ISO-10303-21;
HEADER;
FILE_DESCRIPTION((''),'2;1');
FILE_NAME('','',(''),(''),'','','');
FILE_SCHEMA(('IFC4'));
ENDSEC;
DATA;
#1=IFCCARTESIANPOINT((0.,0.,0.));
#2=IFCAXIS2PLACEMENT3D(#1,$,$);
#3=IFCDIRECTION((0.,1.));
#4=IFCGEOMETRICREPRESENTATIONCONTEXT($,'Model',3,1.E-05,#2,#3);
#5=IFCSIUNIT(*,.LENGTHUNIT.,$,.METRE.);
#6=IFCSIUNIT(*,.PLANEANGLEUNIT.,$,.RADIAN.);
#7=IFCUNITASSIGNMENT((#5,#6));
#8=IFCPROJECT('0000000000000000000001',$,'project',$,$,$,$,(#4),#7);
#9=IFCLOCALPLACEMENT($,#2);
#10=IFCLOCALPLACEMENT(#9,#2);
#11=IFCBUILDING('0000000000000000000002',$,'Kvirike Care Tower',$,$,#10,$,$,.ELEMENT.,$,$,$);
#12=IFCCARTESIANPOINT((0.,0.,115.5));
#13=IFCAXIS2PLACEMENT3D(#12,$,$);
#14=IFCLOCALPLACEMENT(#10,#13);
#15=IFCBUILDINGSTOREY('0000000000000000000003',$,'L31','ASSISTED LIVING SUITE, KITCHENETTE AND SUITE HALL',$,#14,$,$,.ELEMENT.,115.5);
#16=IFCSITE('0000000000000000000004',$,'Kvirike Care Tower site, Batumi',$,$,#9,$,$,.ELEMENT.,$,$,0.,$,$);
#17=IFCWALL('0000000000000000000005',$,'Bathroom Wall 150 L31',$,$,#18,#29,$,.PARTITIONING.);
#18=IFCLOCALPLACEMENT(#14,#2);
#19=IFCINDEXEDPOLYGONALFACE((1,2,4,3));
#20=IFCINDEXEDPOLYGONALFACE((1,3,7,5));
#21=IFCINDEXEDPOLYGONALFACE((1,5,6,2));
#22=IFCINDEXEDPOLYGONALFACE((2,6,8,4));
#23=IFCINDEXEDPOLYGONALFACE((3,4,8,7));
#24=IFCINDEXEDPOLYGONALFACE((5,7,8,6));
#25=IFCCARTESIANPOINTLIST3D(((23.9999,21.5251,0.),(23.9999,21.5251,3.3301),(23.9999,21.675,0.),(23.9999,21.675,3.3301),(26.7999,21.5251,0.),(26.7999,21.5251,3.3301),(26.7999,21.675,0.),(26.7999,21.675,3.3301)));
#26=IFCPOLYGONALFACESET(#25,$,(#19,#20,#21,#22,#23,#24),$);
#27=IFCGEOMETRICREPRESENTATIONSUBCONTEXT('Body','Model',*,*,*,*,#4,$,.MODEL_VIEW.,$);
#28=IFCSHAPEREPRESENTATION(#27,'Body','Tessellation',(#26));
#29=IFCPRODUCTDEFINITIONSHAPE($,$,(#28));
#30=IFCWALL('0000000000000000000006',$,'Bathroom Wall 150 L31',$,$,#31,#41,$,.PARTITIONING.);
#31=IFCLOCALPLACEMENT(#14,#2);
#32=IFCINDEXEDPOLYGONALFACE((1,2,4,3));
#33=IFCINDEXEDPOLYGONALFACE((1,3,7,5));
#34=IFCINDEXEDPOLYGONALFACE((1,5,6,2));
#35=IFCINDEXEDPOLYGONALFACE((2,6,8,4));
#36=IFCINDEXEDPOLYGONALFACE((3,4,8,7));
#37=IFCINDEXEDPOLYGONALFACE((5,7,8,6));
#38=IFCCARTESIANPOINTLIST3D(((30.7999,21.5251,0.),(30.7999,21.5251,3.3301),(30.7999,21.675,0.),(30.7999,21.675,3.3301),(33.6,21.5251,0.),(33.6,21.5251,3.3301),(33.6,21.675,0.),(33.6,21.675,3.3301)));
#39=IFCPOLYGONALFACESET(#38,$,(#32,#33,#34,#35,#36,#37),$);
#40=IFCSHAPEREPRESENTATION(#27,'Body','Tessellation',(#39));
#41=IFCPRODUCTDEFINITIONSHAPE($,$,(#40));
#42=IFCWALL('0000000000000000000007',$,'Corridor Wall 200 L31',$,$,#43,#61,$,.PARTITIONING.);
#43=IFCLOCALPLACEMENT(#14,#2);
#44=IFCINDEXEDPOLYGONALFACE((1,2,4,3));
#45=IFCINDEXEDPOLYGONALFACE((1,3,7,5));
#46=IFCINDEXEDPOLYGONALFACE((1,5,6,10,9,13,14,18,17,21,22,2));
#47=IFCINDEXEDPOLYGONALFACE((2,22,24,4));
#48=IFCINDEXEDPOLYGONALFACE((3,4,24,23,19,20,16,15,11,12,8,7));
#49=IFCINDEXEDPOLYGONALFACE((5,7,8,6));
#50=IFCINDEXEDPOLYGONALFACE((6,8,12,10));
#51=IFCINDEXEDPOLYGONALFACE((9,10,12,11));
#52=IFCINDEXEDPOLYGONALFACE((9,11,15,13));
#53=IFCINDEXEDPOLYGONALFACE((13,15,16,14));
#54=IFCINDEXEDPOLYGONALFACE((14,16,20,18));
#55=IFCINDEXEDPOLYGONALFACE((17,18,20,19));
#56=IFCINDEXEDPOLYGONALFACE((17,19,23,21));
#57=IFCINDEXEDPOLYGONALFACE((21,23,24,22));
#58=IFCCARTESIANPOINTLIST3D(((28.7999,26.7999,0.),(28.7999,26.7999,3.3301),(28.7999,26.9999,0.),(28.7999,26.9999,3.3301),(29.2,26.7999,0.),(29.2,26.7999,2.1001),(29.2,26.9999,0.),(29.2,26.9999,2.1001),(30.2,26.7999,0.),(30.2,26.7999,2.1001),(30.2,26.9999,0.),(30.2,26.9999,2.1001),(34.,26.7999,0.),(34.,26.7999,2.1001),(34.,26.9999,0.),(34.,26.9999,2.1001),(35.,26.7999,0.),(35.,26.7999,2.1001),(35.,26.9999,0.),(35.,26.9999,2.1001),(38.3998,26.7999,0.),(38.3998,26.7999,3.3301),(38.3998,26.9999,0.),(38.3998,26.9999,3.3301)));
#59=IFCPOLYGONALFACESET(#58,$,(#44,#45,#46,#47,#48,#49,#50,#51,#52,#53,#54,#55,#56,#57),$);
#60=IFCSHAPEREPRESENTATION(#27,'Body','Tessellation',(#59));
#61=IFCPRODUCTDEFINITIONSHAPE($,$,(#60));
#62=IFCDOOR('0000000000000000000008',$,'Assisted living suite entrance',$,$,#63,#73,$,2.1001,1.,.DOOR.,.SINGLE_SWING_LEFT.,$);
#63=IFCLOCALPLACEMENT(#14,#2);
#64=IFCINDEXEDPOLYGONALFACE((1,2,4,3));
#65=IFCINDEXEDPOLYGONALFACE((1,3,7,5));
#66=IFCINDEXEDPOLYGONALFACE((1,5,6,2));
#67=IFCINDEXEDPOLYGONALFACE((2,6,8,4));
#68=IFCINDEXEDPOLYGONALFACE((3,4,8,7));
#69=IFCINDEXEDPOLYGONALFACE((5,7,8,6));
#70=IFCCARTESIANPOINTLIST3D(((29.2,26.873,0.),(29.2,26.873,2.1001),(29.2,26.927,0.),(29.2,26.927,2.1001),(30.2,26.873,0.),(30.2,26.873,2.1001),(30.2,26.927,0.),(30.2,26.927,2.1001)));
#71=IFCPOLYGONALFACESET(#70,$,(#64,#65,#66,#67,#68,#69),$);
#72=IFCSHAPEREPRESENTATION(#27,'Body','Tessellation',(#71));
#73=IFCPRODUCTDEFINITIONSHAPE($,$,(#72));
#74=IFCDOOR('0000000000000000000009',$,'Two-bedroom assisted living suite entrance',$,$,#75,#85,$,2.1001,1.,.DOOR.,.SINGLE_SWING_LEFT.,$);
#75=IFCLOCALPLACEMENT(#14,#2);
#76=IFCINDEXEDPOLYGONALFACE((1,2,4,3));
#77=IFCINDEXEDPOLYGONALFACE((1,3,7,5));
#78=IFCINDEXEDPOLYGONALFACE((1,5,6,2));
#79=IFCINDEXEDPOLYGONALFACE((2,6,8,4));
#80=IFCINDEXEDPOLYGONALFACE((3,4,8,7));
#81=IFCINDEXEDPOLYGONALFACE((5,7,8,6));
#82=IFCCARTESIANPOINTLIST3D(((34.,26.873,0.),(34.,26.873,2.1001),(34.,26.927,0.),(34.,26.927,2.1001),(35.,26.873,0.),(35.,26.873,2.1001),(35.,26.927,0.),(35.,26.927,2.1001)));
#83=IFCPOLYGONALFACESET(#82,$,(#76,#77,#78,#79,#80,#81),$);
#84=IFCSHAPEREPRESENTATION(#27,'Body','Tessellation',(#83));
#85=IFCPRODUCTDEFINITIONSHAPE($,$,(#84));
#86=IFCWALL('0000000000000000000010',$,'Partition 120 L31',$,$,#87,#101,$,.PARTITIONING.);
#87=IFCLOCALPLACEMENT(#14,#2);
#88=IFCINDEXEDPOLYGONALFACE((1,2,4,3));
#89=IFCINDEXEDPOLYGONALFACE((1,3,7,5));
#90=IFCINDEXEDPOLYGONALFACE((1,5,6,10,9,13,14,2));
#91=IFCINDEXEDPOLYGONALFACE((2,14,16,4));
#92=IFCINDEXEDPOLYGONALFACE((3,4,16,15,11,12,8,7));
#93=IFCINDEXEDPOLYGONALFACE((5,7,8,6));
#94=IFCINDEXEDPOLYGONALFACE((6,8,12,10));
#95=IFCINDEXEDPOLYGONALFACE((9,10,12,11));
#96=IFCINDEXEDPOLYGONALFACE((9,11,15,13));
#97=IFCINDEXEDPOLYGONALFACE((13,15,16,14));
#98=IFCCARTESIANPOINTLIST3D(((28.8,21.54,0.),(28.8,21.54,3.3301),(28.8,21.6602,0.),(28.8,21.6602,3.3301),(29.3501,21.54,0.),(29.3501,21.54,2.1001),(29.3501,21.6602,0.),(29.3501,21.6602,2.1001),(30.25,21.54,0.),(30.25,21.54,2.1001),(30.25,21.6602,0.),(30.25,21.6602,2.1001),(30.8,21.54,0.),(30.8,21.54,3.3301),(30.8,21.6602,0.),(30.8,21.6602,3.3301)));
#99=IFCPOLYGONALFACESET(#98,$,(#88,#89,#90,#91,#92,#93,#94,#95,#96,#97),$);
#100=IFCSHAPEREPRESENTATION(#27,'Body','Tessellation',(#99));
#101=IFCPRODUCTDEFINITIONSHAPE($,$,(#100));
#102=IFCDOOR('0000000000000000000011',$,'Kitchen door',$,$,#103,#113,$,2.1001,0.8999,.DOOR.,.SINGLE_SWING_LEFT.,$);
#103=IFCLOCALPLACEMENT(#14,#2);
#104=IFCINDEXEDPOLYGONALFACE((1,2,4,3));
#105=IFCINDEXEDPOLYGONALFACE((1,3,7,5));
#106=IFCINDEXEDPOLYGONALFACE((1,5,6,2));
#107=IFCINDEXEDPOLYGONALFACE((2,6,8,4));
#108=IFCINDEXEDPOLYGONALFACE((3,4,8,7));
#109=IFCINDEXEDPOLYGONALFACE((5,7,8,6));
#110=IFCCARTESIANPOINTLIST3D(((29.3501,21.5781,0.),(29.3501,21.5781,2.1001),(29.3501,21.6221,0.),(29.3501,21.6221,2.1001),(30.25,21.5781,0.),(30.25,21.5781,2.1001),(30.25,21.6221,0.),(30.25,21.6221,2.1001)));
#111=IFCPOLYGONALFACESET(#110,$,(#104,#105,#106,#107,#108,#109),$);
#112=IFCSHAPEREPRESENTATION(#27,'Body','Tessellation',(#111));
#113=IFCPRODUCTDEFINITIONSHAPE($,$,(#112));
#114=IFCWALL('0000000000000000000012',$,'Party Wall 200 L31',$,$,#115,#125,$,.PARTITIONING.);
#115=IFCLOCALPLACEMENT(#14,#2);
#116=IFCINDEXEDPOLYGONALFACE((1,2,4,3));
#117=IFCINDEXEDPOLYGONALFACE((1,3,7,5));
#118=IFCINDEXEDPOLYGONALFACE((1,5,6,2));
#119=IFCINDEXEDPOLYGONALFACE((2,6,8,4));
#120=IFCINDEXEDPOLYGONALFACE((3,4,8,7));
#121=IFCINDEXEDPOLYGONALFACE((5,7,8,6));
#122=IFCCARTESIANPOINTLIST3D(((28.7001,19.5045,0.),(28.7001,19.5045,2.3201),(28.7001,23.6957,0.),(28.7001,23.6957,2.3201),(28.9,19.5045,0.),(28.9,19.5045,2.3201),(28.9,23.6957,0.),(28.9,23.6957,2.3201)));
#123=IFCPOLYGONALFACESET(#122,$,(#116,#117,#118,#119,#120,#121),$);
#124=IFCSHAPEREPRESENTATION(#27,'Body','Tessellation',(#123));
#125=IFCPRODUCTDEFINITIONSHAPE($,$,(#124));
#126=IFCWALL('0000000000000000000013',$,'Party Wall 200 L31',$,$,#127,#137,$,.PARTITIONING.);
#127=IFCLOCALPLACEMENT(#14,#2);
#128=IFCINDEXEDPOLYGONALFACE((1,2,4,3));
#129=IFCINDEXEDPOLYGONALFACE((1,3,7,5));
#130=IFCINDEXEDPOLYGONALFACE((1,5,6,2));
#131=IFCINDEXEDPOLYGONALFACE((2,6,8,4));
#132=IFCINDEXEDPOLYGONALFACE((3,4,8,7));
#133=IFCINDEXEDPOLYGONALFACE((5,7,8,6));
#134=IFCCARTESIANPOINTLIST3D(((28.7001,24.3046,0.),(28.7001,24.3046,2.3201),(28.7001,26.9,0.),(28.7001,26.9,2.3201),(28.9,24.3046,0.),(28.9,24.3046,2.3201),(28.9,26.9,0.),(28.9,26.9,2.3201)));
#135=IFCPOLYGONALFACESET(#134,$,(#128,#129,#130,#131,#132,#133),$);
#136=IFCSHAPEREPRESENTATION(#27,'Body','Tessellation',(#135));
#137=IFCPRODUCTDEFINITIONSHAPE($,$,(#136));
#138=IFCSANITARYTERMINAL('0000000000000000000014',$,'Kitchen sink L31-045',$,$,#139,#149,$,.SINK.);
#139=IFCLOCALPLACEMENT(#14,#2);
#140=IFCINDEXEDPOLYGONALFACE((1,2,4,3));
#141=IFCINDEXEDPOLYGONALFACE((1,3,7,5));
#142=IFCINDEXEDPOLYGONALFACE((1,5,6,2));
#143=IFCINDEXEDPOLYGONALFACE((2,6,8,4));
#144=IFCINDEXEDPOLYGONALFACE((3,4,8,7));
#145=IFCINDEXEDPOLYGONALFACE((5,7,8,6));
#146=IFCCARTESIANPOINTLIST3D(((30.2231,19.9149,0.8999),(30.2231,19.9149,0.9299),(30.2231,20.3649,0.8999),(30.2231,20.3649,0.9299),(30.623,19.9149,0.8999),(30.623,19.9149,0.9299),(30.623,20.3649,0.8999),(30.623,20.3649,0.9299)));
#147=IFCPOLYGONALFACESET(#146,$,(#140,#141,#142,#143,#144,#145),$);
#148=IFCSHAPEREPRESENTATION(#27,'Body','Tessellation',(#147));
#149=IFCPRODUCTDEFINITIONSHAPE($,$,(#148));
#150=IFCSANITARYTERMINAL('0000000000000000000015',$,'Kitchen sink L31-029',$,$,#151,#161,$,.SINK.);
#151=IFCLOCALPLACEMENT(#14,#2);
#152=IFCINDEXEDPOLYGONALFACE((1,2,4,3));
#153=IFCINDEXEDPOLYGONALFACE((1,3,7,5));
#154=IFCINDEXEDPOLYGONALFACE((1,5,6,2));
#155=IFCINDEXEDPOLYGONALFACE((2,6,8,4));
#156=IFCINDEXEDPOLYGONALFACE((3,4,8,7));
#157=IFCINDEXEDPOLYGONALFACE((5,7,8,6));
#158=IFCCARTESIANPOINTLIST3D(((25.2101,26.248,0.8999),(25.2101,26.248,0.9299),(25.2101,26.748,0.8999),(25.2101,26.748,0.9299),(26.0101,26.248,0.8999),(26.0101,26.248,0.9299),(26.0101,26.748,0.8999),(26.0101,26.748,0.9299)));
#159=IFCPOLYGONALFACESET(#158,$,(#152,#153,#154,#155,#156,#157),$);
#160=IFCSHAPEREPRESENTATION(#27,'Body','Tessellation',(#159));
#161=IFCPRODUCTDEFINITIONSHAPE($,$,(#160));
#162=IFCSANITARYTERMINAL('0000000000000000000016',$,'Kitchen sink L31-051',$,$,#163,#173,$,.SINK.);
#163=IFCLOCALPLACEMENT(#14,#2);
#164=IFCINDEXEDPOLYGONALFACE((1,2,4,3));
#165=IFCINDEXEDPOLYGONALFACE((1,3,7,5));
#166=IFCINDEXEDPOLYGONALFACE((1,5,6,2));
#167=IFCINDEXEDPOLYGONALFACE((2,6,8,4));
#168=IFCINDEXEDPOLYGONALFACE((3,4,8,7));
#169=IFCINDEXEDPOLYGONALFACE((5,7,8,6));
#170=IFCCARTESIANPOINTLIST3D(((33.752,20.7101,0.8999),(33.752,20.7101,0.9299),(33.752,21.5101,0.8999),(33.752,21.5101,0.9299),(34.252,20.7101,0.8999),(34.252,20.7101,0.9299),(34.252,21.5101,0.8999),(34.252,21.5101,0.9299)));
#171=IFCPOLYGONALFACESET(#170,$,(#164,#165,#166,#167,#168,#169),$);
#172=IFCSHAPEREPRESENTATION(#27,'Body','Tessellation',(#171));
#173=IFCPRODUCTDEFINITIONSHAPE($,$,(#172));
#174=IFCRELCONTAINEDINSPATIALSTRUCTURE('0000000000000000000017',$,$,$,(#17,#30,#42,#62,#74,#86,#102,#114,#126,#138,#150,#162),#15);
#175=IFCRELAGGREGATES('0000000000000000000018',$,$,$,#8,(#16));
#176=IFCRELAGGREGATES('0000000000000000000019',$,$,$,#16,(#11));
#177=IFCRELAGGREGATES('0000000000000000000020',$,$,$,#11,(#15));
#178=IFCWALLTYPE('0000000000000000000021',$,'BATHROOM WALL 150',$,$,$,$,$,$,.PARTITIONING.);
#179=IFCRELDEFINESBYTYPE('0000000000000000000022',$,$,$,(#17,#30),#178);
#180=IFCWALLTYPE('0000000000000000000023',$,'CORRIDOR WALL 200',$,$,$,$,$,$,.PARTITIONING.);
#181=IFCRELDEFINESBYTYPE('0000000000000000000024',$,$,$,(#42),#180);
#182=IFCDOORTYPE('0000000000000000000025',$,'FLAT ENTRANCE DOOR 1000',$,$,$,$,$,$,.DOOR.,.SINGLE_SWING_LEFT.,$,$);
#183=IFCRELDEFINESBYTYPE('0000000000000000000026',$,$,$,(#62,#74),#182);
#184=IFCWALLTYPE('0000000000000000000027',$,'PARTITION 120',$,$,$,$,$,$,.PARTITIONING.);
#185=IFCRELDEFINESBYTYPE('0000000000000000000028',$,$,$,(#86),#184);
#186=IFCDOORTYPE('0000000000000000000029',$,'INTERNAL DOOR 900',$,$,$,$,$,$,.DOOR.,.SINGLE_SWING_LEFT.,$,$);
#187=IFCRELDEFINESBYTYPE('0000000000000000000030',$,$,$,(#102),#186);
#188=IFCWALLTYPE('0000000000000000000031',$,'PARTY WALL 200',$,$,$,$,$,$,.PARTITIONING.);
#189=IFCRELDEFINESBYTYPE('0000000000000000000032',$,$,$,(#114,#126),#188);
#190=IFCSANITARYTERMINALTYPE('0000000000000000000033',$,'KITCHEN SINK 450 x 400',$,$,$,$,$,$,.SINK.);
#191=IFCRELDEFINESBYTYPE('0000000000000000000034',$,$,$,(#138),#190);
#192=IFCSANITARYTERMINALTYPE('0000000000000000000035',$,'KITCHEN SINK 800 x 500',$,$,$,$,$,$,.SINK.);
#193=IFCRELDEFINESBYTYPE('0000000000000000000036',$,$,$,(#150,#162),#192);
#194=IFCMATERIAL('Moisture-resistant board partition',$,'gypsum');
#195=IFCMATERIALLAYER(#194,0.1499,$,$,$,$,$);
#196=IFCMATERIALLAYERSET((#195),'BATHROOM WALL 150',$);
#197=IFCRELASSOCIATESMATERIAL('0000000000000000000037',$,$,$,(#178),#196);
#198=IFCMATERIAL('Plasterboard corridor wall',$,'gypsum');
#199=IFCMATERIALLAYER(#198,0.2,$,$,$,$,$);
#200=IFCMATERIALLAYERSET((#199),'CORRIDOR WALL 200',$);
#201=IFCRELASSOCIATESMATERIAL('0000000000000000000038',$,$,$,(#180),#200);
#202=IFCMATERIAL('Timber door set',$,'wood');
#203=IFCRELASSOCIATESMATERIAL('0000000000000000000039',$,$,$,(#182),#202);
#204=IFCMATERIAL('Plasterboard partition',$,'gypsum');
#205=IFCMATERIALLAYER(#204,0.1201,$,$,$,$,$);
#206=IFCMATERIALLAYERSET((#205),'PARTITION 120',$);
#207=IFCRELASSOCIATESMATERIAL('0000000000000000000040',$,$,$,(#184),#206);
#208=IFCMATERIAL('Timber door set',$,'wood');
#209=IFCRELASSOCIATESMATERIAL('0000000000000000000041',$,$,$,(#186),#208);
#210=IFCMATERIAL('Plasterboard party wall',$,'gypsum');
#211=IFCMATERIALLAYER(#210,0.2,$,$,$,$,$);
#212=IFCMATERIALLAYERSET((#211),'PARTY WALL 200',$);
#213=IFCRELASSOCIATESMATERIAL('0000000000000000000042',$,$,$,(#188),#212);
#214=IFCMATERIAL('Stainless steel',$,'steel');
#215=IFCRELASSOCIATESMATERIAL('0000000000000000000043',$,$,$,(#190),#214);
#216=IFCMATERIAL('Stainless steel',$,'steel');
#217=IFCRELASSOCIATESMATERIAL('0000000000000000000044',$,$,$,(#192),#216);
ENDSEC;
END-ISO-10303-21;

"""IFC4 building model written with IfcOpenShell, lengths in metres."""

from ifc_helpers import new_model, si_unit, direction, frame, frame_2d, origin, origin_2d, place, context, subcontext, project, spatial, rectangle, extrude, material, layer, layer_set, type_object, element, fill, save


model = new_model("IFC4")

# Units and contexts
model_context = context("Model", 3, precision=1e-05, world=origin(), true_north=direction((0.0, 1.0)))
body_context = subcontext(model_context, "Body", "Model", "MODEL_VIEW")
ifc_project = project(units=[si_unit("LENGTHUNIT", "METRE"), si_unit("PLANEANGLEUNIT", "RADIAN")], contexts=[model_context])

# Site, building, storey
site_placement = place(None, origin())
site = spatial("IfcSite", under=ifc_project, at=site_placement, Name="Kvirike Care Tower site, Batumi", CompositionType="ELEMENT", RefElevation=0.0)
building_placement = place(site_placement, origin())
building = spatial("IfcBuilding", under=site, at=building_placement, Name="Kvirike Care Tower", CompositionType="ELEMENT")
storey_placement = place(building_placement, frame((0.0, 0.0, 115.5)))
storey = spatial("IfcBuildingStorey", under=building, at=storey_placement, Name="L31", Description="ASSISTED LIVING SUITE, KITCHENETTE AND SUITE HALL", CompositionType="ELEMENT", Elevation=115.5)

# Walls
ifc_material_1 = material(Name="Moisture-resistant board partition", Category="gypsum")
ifc_layer_1 = layer(ifc_material_1, 0.1499)
ifc_layer_set_1 = layer_set([ifc_layer_1], Name="BATHROOM WALL 150")
wall_type_1 = type_object("IfcWallType", Name="BATHROOM WALL 150", PredefinedType="PARTITIONING", material=ifc_layer_set_1)
for number, where, z_axis, x_axis, name in (
    (1, (24.0, 21.6001, 0.0), (0.0, 0.0, 1.0), (1.0, 0.0, 0.0), "Bathroom Wall 150 L31"),
    (2, (30.8, 21.6001, 0.0), (0.0, 0.0, 1.0), (1.0, 0.0, 0.0), "Bathroom Wall 150 L31"),
):
    element("IfcWall", number, at=place(storey_placement, frame(where, z_axis=z_axis, x_axis=x_axis)), inside=storey, type_object=wall_type_1, Name=name, PredefinedType="PARTITIONING", context=body_context, shape_type="SweptSolid", body=[
        extrude(rectangle(XDim=2.8, YDim=0.1499, at=frame_2d((1.3999, 0.0))), origin(), (0.0, 0.0, 1.0), 3.3301),
    ])

# Wall, openings, doors
ifc_material_2 = material(Name="Plasterboard corridor wall", Category="gypsum")
ifc_layer_2 = layer(ifc_material_2, 0.2)
ifc_layer_set_2 = layer_set([ifc_layer_2], Name="CORRIDOR WALL 200")
wall_type_2 = type_object("IfcWallType", Name="CORRIDOR WALL 200", PredefinedType="PARTITIONING", material=ifc_layer_set_2)
wall_1_placement = place(storey_placement, frame((28.8, 26.8999, 0.0), z_axis=(0.0, 0.0, 1.0), x_axis=(1.0, 0.0, 0.0)))
wall_1 = element("IfcWall", 3, at=wall_1_placement, inside=storey, type_object=wall_type_2, Name="Corridor Wall 200 L31", PredefinedType="PARTITIONING", context=body_context, shape_type="SweptSolid", body=[
    extrude(rectangle(XDim=9.5999, YDim=0.2, at=frame_2d((4.7998, 0.0))), origin(), (0.0, 0.0, 1.0), 3.3301),
])
opening_1_placement = place(wall_1_placement, frame((0.3999, 0.0, 0.0)))
opening_1 = element("IfcOpeningElement", 4, at=opening_1_placement, cuts=wall_1, PredefinedType="OPENING", context=body_context, shape_type="SweptSolid", body=[
    extrude(rectangle(XDim=1.0, YDim=2.1001, at=frame_2d((0.5, 1.05))), frame((0.0, 0.1106, 0.0), z_axis=(0.0, -1.0, 0.0), x_axis=(1.0, 0.0, 0.0)), (0.0, 0.0, 1.0), 0.2209),
])
opening_2_placement = place(wall_1_placement, frame((5.2, 0.0, 0.0)))
opening_2 = element("IfcOpeningElement", 5, at=opening_2_placement, cuts=wall_1, PredefinedType="OPENING", context=body_context, shape_type="SweptSolid", body=[
    extrude(rectangle(XDim=1.0, YDim=2.1001, at=frame_2d((0.5, 1.05))), frame((0.0, 0.1106, 0.0), z_axis=(0.0, -1.0, 0.0), x_axis=(1.0, 0.0, 0.0)), (0.0, 0.0, 1.0), 0.2209),
])
ifc_material_3 = material(Name="Timber door set", Category="wood")
door_type_1 = type_object("IfcDoorType", Name="FLAT ENTRANCE DOOR 1000", OperationType="SINGLE_SWING_LEFT", PredefinedType="DOOR", material=ifc_material_3)
door_1_placement = place(opening_1_placement, frame((1.0, 0.0, 0.0), z_axis=(0.0, 0.0, 1.0), x_axis=(-1.0, 0.0, 0.0)))
door_1 = element("IfcDoor", 6, at=door_1_placement, inside=storey, type_object=door_type_1, Name="Assisted living suite entrance", OperationType="SINGLE_SWING_LEFT", OverallHeight=2.1001, OverallWidth=1.0, PredefinedType="DOOR", context=body_context, shape_type="SweptSolid", body=[
    extrude(rectangle(XDim=1.0, YDim=2.1001, at=frame_2d((0.5, 1.05))), frame((0.0, 0.0269, 0.0), z_axis=(0.0, -1.0, 0.0), x_axis=(1.0, 0.0, 0.0)), (0.0, 0.0, 1.0), 0.054),
])
fill(opening_1, door_1)
door_2_placement = place(opening_2_placement, frame((1.0, 0.0, 0.0), z_axis=(0.0, 0.0, 1.0), x_axis=(-1.0, 0.0, 0.0)))
door_2 = element("IfcDoor", 7, at=door_2_placement, inside=storey, type_object=door_type_1, Name="Two-bedroom assisted living suite entrance", OperationType="SINGLE_SWING_LEFT", OverallHeight=2.1001, OverallWidth=1.0, PredefinedType="DOOR", context=body_context, shape_type="SweptSolid", body=[
    extrude(rectangle(XDim=1.0, YDim=2.1001, at=frame_2d((0.5, 1.05))), frame((0.0, 0.0269, 0.0), z_axis=(0.0, -1.0, 0.0), x_axis=(1.0, 0.0, 0.0)), (0.0, 0.0, 1.0), 0.054),
])
fill(opening_2, door_2)

# Wall, opening, door
ifc_material_4 = material(Name="Plasterboard partition", Category="gypsum")
ifc_layer_3 = layer(ifc_material_4, 0.1201)
ifc_layer_set_3 = layer_set([ifc_layer_3], Name="PARTITION 120")
wall_type_3 = type_object("IfcWallType", Name="PARTITION 120", PredefinedType="PARTITIONING", material=ifc_layer_set_3)
wall_2_placement = place(storey_placement, frame((28.8, 21.6001, 0.0), z_axis=(0.0, 0.0, 1.0), x_axis=(1.0, 0.0, 0.0)))
wall_2 = element("IfcWall", 8, at=wall_2_placement, inside=storey, type_object=wall_type_3, Name="Partition 120 L31", PredefinedType="PARTITIONING", context=body_context, shape_type="SweptSolid", body=[
    extrude(rectangle(XDim=2.0, YDim=0.1201, at=frame_2d((1.0, 0.0))), origin(), (0.0, 0.0, 1.0), 3.3301),
])
opening_3_placement = place(wall_2_placement, frame((0.55, 0.0, 0.0)))
opening_3 = element("IfcOpeningElement", 9, at=opening_3_placement, cuts=wall_2, PredefinedType="OPENING", context=body_context, shape_type="SweptSolid", body=[
    extrude(rectangle(XDim=0.8999, YDim=2.1001, at=frame_2d((0.45, 1.05))), frame((0.0, 0.0706, 0.0), z_axis=(0.0, -1.0, 0.0), x_axis=(1.0, 0.0, 0.0)), (0.0, 0.0, 1.0), 0.1411),
])
ifc_material_5 = material(Name="Timber door set", Category="wood")
door_type_2 = type_object("IfcDoorType", Name="INTERNAL DOOR 900", OperationType="SINGLE_SWING_LEFT", PredefinedType="DOOR", material=ifc_material_5)
door_3_placement = place(opening_3_placement, frame((0.8999, 0.0, 0.0), z_axis=(0.0, 0.0, 1.0), x_axis=(-1.0, 0.0, 0.0)))
door_3 = element("IfcDoor", 10, at=door_3_placement, inside=storey, type_object=door_type_2, Name="Kitchen door", OperationType="SINGLE_SWING_LEFT", OverallHeight=2.1001, OverallWidth=0.8999, PredefinedType="DOOR", context=body_context, shape_type="SweptSolid", body=[
    extrude(rectangle(XDim=0.8999, YDim=2.1001, at=frame_2d((0.45, 1.05))), frame((0.0, 0.022, 0.0), z_axis=(0.0, -1.0, 0.0), x_axis=(1.0, 0.0, 0.0)), (0.0, 0.0, 1.0), 0.0439),
])
fill(opening_3, door_3)

# Walls
ifc_material_6 = material(Name="Plasterboard party wall", Category="gypsum")
ifc_layer_4 = layer(ifc_material_6, 0.2)
ifc_layer_set_4 = layer_set([ifc_layer_4], Name="PARTY WALL 200")
wall_type_4 = type_object("IfcWallType", Name="PARTY WALL 200", PredefinedType="PARTITIONING", material=ifc_layer_set_4)
wall_3_placement = place(storey_placement, frame((28.8, 19.5044, 0.0), z_axis=(0.0, 0.0, 1.0), x_axis=(0.0, 1.0, 0.0)))
element("IfcWall", 11, at=wall_3_placement, inside=storey, type_object=wall_type_4, Name="Party Wall 200 L31", PredefinedType="PARTITIONING", context=body_context, shape_type="SweptSolid", body=[
    extrude(rectangle(XDim=4.1912, YDim=0.2, at=frame_2d((2.0957, 0.0))), origin(), (0.0, 0.0, 1.0), 2.3201),
])
wall_4_placement = place(storey_placement, frame((28.8, 24.3044, 0.0), z_axis=(0.0, 0.0, 1.0), x_axis=(0.0, 1.0, 0.0)))
element("IfcWall", 12, at=wall_4_placement, inside=storey, type_object=wall_type_4, Name="Party Wall 200 L31", PredefinedType="PARTITIONING", context=body_context, shape_type="SweptSolid", body=[
    extrude(rectangle(XDim=2.5955, YDim=0.2, at=frame_2d((1.2979, 0.0))), origin(), (0.0, 0.0, 1.0), 2.3201),
])

# Sanitary terminals
ifc_material_7 = material(Name="Stainless steel", Category="steel")
sanitary_terminal_type_1 = type_object("IfcSanitaryTerminalType", Name="KITCHEN SINK 450 x 400", PredefinedType="SINK", material=ifc_material_7)
sanitary_terminal_placement = place(storey_placement, frame((30.4231, 20.1399, 0.8999), z_axis=(0.0, 0.0, 1.0), x_axis=(0.0, -1.0, 0.0)))
element("IfcSanitaryTerminal", 13, at=sanitary_terminal_placement, inside=storey, type_object=sanitary_terminal_type_1, Name="Kitchen sink L31-045", PredefinedType="SINK", context=body_context, shape_type="SweptSolid", body=[
    extrude(rectangle(XDim=0.45, YDim=0.3999, at=origin_2d()), origin(), (0.0, 0.0, 1.0), 0.03),
])
ifc_material_8 = material(Name="Stainless steel", Category="steel")
sanitary_terminal_type_2 = type_object("IfcSanitaryTerminalType", Name="KITCHEN SINK 800 x 500", PredefinedType="SINK", material=ifc_material_8)
for number, where, z_axis, x_axis, name in (
    (14, (25.6101, 26.498, 0.8999), (0.0, 0.0, 1.0), (1.0, 0.0, 0.0), "Kitchen sink L31-029"),
    (15, (34.002, 21.1101, 0.8999), (0.0, 0.0, 1.0), (0.0, 1.0, 0.0), "Kitchen sink L31-051"),
):
    element("IfcSanitaryTerminal", number, at=place(storey_placement, frame(where, z_axis=z_axis, x_axis=x_axis)), inside=storey, type_object=sanitary_terminal_type_2, Name=name, PredefinedType="SINK", context=body_context, shape_type="SweptSolid", body=[
        extrude(rectangle(XDim=0.8, YDim=0.5, at=origin_2d()), origin(), (0.0, 0.0, 1.0), 0.03),
    ])

save(model, "model.ifc")
